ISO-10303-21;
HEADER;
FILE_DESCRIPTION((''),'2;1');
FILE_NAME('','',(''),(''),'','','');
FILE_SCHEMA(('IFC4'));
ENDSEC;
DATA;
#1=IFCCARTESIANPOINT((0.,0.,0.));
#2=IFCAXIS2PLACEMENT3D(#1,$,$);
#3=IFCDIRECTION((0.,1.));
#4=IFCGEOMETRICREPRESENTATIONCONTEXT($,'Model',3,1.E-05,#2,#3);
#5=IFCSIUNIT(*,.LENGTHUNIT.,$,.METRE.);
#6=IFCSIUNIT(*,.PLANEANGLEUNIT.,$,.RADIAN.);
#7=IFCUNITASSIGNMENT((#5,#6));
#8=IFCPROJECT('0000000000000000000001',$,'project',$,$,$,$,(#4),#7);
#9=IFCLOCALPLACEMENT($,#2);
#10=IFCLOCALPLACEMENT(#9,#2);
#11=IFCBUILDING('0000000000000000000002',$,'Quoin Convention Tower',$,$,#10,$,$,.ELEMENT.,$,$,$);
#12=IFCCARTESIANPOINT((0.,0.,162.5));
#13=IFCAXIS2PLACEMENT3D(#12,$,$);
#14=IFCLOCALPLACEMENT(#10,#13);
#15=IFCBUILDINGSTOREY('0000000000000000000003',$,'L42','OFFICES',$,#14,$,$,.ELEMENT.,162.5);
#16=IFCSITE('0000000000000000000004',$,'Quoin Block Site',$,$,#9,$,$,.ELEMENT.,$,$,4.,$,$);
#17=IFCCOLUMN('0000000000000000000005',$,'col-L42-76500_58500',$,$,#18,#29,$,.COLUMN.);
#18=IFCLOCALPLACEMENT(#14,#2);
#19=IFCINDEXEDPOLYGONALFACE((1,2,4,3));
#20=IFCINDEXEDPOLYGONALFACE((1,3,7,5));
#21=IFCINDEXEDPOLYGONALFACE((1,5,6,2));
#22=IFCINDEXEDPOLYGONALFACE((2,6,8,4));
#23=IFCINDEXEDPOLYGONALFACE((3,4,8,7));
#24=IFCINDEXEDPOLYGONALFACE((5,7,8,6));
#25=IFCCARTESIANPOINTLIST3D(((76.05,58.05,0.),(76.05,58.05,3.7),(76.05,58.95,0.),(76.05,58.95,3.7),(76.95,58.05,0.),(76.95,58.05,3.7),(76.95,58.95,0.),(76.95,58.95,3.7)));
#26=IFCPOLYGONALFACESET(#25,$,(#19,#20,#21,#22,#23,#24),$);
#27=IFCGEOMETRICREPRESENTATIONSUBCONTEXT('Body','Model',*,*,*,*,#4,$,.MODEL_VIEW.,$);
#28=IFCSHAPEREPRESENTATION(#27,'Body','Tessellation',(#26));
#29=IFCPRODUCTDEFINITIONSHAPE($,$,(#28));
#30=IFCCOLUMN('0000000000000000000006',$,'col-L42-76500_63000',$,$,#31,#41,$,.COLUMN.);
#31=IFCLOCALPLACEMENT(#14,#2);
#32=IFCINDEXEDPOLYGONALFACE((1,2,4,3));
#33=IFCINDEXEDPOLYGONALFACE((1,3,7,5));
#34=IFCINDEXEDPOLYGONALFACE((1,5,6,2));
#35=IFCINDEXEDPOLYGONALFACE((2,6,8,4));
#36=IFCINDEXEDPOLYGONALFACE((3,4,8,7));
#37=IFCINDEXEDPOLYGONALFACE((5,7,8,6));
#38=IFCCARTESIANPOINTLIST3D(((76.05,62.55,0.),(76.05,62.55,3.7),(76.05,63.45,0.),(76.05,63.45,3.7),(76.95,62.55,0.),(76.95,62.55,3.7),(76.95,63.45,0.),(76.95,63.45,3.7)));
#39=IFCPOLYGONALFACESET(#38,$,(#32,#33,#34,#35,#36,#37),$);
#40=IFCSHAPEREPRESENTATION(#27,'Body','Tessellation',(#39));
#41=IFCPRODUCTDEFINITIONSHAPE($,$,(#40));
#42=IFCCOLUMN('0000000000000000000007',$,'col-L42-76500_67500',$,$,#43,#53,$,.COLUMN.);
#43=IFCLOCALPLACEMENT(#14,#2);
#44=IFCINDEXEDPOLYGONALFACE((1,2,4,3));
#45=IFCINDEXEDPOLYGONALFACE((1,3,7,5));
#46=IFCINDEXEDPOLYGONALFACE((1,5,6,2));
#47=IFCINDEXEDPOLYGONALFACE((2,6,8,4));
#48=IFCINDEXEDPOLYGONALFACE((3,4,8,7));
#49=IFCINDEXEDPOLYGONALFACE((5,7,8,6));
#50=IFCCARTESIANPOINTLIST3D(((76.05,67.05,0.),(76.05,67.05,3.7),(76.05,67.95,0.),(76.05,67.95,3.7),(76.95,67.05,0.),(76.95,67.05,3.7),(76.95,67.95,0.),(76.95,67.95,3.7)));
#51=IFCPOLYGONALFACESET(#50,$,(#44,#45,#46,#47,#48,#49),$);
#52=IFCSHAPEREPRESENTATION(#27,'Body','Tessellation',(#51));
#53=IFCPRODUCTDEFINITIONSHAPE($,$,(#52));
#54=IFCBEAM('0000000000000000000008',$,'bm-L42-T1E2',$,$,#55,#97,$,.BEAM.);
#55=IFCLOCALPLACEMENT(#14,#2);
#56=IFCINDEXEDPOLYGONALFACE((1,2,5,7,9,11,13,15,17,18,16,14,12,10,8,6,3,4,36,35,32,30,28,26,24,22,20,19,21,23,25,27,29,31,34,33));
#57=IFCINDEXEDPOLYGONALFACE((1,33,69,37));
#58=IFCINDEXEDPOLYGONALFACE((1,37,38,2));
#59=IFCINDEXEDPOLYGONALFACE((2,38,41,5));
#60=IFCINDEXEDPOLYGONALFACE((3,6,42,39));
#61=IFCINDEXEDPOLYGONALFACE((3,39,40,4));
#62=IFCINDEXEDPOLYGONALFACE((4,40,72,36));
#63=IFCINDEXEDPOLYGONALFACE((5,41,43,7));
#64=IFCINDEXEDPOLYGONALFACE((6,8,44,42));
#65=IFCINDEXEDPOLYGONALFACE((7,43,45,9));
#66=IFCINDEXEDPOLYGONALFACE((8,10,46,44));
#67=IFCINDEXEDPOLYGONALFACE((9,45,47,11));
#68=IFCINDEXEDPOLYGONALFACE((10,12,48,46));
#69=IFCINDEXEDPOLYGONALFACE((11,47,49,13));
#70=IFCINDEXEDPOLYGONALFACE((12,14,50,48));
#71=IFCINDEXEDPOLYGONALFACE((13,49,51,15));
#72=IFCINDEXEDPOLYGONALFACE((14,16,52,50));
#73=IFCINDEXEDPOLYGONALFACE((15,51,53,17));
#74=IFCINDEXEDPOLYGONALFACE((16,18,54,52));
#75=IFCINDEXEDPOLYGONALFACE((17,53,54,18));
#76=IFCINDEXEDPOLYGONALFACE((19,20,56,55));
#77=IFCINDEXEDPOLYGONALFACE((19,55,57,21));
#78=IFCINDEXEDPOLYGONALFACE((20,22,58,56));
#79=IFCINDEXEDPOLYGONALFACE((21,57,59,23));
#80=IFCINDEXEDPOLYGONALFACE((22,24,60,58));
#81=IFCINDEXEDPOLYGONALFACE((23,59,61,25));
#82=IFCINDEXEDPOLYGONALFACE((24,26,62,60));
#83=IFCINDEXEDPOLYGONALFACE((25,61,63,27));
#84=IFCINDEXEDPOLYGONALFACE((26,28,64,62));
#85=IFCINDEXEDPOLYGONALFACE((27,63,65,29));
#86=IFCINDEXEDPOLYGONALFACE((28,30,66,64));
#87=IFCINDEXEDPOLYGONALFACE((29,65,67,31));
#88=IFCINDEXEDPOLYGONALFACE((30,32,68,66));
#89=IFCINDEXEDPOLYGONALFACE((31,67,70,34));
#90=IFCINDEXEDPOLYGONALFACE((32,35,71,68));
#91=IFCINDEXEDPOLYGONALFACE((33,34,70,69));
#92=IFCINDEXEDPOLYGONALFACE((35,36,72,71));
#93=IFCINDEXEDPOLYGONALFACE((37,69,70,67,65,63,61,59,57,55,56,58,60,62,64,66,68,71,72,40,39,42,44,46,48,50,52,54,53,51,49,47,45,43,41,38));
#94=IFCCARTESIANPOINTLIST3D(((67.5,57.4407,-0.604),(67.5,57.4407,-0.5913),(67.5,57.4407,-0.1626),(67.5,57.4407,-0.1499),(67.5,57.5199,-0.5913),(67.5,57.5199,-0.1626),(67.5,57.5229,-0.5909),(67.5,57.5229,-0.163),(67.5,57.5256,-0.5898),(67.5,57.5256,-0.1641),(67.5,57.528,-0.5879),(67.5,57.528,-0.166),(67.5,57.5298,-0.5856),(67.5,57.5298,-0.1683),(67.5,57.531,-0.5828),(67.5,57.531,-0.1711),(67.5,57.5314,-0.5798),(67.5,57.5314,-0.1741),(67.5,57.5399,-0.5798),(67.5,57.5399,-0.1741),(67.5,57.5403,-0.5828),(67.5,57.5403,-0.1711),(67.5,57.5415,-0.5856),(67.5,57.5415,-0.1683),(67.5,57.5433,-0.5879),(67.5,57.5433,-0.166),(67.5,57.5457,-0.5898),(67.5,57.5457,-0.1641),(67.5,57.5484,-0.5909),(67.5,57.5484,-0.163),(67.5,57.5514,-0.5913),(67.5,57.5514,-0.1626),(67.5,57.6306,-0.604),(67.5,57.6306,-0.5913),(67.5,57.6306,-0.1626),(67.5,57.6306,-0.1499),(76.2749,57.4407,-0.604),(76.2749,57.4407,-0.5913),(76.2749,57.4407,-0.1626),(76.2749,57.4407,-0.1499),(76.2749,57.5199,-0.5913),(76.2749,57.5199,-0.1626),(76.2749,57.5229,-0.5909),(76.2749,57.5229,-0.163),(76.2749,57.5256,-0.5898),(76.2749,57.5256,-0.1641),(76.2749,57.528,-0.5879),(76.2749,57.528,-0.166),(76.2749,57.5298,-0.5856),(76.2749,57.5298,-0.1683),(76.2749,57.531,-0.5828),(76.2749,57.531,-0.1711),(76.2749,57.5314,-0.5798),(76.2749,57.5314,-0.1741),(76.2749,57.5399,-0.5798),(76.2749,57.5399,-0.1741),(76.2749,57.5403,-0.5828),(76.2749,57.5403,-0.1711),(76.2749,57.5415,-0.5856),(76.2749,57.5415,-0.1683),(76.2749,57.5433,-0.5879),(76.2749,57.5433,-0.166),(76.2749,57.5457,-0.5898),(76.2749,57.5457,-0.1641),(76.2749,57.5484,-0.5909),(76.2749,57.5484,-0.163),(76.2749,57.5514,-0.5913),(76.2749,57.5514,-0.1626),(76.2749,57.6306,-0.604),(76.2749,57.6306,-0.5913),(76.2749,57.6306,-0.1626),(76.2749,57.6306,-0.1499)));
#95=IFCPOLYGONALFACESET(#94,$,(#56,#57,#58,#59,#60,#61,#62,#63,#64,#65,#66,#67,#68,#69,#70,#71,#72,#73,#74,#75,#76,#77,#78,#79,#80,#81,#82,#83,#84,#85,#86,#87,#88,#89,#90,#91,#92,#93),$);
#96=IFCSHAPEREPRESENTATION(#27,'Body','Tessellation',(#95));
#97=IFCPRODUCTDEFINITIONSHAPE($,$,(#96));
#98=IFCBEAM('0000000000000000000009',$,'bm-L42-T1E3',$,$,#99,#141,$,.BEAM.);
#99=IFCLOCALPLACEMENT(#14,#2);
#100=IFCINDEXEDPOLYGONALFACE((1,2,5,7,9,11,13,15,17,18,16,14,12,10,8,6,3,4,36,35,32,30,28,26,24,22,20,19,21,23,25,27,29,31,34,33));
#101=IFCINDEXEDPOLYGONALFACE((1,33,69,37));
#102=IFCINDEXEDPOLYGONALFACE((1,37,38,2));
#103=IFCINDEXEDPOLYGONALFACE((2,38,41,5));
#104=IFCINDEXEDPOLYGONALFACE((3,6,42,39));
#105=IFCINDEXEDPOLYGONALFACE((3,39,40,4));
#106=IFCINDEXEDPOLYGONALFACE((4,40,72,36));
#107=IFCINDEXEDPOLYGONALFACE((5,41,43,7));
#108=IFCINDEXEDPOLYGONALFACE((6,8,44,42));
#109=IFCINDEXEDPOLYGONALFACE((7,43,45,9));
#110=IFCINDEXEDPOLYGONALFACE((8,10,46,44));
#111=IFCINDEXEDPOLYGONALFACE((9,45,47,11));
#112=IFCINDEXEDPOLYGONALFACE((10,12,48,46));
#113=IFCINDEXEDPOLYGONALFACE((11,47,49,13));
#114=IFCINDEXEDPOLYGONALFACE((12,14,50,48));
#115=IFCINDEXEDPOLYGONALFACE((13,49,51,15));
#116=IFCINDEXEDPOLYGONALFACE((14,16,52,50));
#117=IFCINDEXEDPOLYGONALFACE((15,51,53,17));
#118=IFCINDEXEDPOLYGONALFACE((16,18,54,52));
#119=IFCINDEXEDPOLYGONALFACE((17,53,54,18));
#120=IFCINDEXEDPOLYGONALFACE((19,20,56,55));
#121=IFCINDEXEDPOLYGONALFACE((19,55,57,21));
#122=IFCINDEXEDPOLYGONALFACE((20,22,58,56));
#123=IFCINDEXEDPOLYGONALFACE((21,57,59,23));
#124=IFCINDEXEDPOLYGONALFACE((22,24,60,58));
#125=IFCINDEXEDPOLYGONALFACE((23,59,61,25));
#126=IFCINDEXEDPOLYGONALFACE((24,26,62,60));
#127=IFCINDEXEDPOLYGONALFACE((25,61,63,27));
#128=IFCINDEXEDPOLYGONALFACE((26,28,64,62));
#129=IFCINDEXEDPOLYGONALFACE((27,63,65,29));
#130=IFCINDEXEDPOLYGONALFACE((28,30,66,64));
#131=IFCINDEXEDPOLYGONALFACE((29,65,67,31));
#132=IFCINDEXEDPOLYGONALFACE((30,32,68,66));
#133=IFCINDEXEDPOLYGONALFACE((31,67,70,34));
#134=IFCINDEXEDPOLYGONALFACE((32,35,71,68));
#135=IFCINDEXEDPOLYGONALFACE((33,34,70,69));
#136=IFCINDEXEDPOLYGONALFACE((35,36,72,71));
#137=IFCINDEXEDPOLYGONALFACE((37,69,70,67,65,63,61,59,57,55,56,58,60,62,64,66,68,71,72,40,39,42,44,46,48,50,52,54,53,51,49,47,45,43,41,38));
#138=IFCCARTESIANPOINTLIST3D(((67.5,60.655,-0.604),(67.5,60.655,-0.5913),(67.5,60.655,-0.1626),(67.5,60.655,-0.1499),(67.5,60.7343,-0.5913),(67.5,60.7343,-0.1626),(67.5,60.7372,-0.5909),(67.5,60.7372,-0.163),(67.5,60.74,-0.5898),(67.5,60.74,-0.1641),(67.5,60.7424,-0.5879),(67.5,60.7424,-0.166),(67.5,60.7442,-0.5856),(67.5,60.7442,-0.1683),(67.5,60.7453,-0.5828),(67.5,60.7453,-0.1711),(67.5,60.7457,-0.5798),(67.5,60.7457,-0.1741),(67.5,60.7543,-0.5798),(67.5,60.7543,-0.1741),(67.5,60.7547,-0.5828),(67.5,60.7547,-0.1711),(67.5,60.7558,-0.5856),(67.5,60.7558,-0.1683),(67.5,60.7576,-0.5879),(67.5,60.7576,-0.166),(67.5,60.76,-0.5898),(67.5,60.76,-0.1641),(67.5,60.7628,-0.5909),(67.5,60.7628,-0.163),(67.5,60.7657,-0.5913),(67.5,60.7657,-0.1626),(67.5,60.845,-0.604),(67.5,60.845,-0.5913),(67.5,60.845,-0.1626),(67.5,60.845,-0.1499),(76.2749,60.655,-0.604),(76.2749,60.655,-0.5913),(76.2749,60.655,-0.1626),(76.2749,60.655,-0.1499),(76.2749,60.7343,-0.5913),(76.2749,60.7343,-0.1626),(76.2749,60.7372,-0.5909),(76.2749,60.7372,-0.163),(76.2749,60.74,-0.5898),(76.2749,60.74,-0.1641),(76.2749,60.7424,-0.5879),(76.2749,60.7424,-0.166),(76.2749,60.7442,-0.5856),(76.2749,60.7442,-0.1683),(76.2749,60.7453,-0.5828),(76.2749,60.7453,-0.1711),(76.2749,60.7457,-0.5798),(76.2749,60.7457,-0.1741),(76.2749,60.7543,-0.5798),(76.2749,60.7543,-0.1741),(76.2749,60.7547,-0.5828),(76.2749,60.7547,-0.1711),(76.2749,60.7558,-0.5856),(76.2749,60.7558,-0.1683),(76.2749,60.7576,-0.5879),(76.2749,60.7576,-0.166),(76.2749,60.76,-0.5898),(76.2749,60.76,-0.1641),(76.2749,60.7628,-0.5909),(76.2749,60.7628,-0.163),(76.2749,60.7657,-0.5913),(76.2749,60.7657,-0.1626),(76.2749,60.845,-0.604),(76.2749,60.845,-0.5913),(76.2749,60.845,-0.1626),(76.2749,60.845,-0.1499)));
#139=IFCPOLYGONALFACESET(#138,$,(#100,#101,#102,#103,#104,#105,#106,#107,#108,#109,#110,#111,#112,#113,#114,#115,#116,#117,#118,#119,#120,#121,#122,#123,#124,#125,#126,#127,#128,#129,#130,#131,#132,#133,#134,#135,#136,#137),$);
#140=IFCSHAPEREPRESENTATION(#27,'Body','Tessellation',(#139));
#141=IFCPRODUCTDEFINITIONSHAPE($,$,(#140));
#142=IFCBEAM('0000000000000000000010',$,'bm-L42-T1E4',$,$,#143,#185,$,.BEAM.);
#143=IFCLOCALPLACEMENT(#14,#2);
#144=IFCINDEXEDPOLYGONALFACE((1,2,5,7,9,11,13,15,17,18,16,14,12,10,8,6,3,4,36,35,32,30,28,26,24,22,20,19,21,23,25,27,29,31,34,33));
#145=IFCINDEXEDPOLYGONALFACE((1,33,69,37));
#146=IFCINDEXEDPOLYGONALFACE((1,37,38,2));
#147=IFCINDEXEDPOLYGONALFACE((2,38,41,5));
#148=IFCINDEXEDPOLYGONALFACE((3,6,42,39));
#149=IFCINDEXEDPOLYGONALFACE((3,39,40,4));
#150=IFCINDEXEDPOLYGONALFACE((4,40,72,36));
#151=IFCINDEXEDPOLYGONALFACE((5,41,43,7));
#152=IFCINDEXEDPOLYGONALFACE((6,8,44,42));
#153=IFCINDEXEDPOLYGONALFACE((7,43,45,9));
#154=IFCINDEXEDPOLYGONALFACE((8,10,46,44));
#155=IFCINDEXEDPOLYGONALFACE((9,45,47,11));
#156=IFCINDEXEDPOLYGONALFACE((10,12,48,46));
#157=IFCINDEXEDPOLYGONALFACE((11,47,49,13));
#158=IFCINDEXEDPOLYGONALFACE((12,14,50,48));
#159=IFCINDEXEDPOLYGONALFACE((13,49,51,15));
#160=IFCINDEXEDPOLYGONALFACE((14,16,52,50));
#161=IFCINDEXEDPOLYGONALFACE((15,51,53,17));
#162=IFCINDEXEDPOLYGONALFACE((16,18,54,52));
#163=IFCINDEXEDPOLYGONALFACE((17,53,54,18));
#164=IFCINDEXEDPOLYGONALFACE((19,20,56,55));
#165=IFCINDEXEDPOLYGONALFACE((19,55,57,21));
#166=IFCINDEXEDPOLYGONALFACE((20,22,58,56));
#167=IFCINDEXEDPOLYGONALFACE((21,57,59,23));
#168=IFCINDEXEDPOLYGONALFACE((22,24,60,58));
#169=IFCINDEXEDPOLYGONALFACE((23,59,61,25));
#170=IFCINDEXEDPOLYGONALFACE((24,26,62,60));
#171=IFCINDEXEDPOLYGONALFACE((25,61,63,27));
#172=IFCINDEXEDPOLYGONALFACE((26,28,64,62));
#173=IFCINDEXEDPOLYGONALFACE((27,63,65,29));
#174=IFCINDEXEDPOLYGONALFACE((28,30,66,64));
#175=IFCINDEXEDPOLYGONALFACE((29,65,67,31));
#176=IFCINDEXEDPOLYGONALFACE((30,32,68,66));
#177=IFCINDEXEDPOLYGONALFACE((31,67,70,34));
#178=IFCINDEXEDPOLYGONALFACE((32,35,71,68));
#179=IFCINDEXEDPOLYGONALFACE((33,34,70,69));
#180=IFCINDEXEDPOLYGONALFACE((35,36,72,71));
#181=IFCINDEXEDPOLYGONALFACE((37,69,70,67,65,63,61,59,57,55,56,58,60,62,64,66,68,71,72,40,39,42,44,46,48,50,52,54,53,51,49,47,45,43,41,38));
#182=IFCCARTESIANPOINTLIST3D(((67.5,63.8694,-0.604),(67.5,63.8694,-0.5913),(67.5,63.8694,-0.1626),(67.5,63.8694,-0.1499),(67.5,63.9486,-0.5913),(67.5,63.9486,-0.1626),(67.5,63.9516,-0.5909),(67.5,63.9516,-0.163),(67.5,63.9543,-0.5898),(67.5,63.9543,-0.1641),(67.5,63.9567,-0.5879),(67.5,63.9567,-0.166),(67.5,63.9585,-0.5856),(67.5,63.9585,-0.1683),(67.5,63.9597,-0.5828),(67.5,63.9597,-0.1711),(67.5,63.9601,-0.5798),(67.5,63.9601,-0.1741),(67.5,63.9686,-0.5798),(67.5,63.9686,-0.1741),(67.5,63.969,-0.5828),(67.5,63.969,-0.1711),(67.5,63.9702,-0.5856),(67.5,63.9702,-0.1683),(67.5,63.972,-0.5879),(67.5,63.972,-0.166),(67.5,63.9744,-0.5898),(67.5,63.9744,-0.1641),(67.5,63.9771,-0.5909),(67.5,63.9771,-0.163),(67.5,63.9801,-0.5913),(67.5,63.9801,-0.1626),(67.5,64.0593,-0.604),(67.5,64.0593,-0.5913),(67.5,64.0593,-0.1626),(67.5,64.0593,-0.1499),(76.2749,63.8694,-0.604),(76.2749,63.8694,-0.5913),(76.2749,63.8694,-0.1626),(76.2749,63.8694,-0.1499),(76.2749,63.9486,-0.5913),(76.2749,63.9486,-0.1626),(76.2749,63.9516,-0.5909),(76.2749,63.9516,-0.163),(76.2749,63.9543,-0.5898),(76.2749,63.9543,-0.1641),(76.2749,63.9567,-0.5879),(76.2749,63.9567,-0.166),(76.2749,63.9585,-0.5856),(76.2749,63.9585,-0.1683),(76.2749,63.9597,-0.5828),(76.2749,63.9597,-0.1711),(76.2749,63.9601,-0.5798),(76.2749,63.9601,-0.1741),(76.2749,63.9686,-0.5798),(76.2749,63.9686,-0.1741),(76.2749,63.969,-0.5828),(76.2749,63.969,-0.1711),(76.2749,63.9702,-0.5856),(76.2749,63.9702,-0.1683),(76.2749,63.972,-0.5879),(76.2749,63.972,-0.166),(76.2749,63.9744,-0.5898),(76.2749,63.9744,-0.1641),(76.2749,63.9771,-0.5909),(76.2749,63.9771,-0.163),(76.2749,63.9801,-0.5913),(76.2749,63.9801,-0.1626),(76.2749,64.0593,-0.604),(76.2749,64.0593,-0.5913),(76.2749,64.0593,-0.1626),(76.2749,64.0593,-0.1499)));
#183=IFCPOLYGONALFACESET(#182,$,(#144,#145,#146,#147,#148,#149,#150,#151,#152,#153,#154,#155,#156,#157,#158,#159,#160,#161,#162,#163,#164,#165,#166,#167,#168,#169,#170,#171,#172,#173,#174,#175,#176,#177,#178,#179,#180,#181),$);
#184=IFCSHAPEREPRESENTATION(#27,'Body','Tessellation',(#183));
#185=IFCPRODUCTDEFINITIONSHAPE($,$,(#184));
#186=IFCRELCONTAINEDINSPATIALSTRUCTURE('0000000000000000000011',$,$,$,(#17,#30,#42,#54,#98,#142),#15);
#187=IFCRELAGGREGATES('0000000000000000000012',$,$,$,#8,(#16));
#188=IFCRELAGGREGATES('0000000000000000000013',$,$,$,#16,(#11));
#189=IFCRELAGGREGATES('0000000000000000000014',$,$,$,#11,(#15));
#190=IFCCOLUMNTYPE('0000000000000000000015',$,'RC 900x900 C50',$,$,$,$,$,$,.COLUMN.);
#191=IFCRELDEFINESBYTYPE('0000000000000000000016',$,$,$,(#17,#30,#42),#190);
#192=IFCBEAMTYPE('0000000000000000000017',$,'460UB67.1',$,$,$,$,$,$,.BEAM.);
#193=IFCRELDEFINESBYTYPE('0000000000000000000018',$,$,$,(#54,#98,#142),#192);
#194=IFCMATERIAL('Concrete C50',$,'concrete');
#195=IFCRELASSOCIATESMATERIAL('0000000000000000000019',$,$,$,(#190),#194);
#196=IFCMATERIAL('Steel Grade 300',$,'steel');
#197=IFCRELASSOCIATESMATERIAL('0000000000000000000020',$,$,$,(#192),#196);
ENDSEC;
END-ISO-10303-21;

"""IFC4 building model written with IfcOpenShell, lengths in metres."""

from ifc_helpers import new_model, si_unit, direction, frame, origin, origin_2d, place, context, subcontext, project, spatial, rectangle, i_section, extrude, material, material_profile, profile_set, type_object, element, save


model = new_model("IFC4")

# Units and contexts
model_context = context("Model", 3, precision=1e-05, world=origin(), true_north=direction((0.0, 1.0)))
body_context = subcontext(model_context, "Body", "Model", "MODEL_VIEW")
ifc_project = project(units=[si_unit("LENGTHUNIT", "METRE"), si_unit("PLANEANGLEUNIT", "RADIAN")], contexts=[model_context])

# Site, building, storey
site_placement = place(None, origin())
site = spatial("IfcSite", under=ifc_project, at=site_placement, Name="Quoin Block Site", CompositionType="ELEMENT", RefElevation=4.0)
building_placement = place(site_placement, origin())
building = spatial("IfcBuilding", under=site, at=building_placement, Name="Quoin Convention Tower", CompositionType="ELEMENT")
storey_placement = place(building_placement, frame((0.0, 0.0, 162.5)))
storey = spatial("IfcBuildingStorey", under=building, at=storey_placement, Name="L42", Description="OFFICES", CompositionType="ELEMENT", Elevation=162.5)

# Columns
ifc_material_1 = material(Name="Concrete C50", Category="concrete")
ifc_material_profile_1 = material_profile(ifc_material_1, rectangle(XDim=0.8999, YDim=0.8999, at=origin_2d()), Name="RC 900x900")
ifc_profile_set_1 = profile_set([ifc_material_profile_1], Name="Concrete C50")
column_type = type_object("IfcColumnType", Name="RC 900x900 C50", PredefinedType="COLUMN", material=ifc_profile_set_1)
for number, where, z_axis, x_axis, name in (
    (1, (76.5, 58.5, 0.0), (0.0, 0.0, 1.0), (1.0, 0.0, 0.0), "col-L42-76500_58500"),
    (2, (76.5, 63.0, 0.0), (0.0, 0.0, 1.0), (1.0, 0.0, 0.0), "col-L42-76500_63000"),
    (3, (76.5, 67.5, 0.0), (0.0, 0.0, 1.0), (1.0, 0.0, 0.0), "col-L42-76500_67500"),
):
    element("IfcColumn", number, at=place(storey_placement, frame(where, z_axis=z_axis, x_axis=x_axis)), inside=storey, type_object=column_type, Name=name, PredefinedType="COLUMN", context=body_context, shape_type="SweptSolid", body=[
        extrude(rectangle(XDim=0.8999, YDim=0.8999, at=origin_2d()), origin(), (0.0, 0.0, 1.0), 3.7),
    ])

# Beams
ifc_material_2 = material(Name="Steel Grade 300", Category="steel")
ifc_material_profile_2 = material_profile(ifc_material_2, i_section(OverallWidth=0.1899, OverallDepth=0.4541, WebThickness=0.0085, FlangeThickness=0.0127, FilletRadius=0.0115, at=origin_2d()), Name="460UB67.1")
ifc_profile_set_2 = profile_set([ifc_material_profile_2], Name="Steel Grade 300")
beam_type_1 = type_object("IfcBeamType", Name="460UB67.1", PredefinedType="BEAM", material=ifc_profile_set_2)
for number, where, z_axis, x_axis, name in (
    (4, (67.5, 57.5356, -0.377), (1.0, 0.0, 0.0), (0.0, 1.0, 0.0), "bm-L42-T1E2"),
    (5, (67.5, 60.75, -0.377), (1.0, 0.0, 0.0), (0.0, 1.0, 0.0), "bm-L42-T1E3"),
    (6, (67.5, 63.9644, -0.377), (1.0, 0.0, 0.0), (0.0, 1.0, 0.0), "bm-L42-T1E4"),
):
    element("IfcBeam", number, at=place(storey_placement, frame(where, z_axis=z_axis, x_axis=x_axis)), inside=storey, type_object=beam_type_1, Name=name, PredefinedType="BEAM", context=body_context, shape_type="SweptSolid", body=[
        extrude(i_section(OverallWidth=0.1899, OverallDepth=0.4541, WebThickness=0.0085, FlangeThickness=0.0127, FilletRadius=0.0115, at=origin_2d()), origin(), (0.0, 0.0, 1.0), 8.7749),
    ])

save(model, "model.ifc")
